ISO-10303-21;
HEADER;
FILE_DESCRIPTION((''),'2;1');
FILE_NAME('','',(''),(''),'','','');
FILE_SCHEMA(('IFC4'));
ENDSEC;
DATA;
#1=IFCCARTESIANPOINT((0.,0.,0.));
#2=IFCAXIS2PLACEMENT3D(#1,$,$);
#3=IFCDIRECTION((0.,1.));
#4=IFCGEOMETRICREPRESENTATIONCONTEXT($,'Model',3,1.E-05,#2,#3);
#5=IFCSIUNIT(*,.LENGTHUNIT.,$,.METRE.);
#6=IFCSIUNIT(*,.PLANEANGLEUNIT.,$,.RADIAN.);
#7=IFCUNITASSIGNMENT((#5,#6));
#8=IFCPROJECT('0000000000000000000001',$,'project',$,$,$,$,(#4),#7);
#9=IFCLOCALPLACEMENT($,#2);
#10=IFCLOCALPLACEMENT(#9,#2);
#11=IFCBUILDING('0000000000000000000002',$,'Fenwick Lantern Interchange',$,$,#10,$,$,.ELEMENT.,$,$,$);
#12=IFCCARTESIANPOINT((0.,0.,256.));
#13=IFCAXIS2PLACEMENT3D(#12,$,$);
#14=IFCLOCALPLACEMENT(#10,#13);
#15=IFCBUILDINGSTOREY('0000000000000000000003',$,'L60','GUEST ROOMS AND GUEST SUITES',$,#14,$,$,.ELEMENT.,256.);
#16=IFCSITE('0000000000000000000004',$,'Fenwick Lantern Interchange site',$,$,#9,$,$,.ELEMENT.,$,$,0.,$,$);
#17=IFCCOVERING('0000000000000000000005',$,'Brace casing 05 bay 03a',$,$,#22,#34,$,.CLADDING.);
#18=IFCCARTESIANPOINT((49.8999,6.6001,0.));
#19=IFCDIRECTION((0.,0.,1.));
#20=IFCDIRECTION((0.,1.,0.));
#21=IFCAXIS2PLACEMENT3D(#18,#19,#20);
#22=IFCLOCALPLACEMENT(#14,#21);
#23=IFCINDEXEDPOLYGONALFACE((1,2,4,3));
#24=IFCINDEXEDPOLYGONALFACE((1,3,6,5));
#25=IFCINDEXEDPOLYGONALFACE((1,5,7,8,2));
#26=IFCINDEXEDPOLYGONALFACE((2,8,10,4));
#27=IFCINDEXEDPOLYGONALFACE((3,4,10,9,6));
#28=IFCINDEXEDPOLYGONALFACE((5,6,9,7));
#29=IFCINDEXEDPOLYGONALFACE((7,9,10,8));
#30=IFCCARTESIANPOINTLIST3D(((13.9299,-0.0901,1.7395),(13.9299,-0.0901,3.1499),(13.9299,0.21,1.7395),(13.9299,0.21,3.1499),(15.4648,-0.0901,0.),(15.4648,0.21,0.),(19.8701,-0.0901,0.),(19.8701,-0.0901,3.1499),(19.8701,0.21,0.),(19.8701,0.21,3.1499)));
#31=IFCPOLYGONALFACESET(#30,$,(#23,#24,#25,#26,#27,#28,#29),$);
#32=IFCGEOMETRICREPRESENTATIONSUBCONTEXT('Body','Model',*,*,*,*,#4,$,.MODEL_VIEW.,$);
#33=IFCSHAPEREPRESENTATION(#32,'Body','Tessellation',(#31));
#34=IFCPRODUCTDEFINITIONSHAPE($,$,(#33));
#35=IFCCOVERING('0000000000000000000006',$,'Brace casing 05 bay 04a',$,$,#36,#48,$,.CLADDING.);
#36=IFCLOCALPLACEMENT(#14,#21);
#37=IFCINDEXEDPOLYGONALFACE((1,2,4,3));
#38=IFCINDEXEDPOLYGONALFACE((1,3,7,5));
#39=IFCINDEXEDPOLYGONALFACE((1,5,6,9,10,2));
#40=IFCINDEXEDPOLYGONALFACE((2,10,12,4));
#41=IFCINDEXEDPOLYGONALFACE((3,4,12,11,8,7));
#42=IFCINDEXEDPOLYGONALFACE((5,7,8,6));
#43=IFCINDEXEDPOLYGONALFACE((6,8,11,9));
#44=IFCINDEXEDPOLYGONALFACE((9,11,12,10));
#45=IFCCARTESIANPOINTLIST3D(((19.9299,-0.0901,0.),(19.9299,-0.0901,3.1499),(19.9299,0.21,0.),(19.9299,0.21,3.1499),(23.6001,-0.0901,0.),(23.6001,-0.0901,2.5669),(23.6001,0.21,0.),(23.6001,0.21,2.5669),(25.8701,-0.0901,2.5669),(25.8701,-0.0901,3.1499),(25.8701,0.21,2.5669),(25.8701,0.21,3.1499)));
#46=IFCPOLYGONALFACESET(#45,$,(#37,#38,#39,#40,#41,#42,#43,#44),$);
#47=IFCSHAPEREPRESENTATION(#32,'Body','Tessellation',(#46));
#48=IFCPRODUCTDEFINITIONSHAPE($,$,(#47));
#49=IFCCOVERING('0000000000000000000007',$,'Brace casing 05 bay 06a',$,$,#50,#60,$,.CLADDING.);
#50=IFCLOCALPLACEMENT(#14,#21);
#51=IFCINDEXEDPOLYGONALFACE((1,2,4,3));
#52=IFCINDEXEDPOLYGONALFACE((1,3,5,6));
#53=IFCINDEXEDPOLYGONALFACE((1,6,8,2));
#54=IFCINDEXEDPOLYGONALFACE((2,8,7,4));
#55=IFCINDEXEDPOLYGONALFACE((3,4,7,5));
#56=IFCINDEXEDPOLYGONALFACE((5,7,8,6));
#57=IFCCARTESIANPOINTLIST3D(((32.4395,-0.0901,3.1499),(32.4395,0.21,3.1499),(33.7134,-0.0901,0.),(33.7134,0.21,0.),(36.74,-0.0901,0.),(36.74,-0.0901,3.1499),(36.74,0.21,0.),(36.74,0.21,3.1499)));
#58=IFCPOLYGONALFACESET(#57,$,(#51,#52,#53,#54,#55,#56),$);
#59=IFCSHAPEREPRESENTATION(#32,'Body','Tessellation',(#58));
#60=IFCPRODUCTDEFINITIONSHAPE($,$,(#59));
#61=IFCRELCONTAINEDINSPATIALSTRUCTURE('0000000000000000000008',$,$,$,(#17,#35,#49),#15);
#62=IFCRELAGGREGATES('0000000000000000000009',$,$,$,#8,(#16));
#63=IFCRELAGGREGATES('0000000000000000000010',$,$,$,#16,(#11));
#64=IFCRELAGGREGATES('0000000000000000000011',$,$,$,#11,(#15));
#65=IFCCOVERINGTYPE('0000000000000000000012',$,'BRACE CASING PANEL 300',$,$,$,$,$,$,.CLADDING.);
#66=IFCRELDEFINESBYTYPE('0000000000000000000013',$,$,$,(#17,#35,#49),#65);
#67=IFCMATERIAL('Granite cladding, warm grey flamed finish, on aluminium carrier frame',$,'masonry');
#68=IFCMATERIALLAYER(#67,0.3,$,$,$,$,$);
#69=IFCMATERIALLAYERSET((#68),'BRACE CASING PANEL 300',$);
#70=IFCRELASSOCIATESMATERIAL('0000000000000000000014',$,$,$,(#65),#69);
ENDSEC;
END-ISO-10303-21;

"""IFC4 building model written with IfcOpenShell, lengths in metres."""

from ifc_helpers import new_model, si_unit, direction, frame, origin, place, context, subcontext, project, spatial, polyline, outline, extrude, material, layer, layer_set, type_object, element, save


model = new_model("IFC4")

# Units and contexts
model_context = context("Model", 3, precision=1e-05, world=origin(), true_north=direction((0.0, 1.0)))
body_context = subcontext(model_context, "Body", "Model", "MODEL_VIEW")
ifc_project = project(units=[si_unit("LENGTHUNIT", "METRE"), si_unit("PLANEANGLEUNIT", "RADIAN")], contexts=[model_context])

# Site, building, storey
site_placement = place(None, origin())
site = spatial("IfcSite", under=ifc_project, at=site_placement, Name="Fenwick Lantern Interchange site", CompositionType="ELEMENT", RefElevation=0.0)
building_placement = place(site_placement, origin())
building = spatial("IfcBuilding", under=site, at=building_placement, Name="Fenwick Lantern Interchange", CompositionType="ELEMENT")
storey_placement = place(building_placement, frame((0.0, 0.0, 256.0)))
storey = spatial("IfcBuildingStorey", under=building, at=storey_placement, Name="L60", Description="GUEST ROOMS AND GUEST SUITES", CompositionType="ELEMENT", Elevation=256.0)

# Coverings
ifc_material_1 = material(Name="Granite cladding, warm grey flamed finish, on aluminium carrier frame", Category="masonry")
ifc_layer_1 = layer(ifc_material_1, 0.3)
ifc_layer_set_1 = layer_set([ifc_layer_1], Name="BRACE CASING PANEL 300")
covering_type = type_object("IfcCoveringType", Name="BRACE CASING PANEL 300", PredefinedType="CLADDING", material=ifc_layer_set_1)
covering_1_placement = place(storey_placement, frame((49.8999, 6.6001, 0.0), z_axis=(0.0, 0.0, 1.0), x_axis=(0.0, 1.0, 0.0)))
element("IfcCovering", 1, at=covering_1_placement, inside=storey, type_object=covering_type, Name="Brace casing 05 bay 03a", PredefinedType="CLADDING", context=body_context, shape_type="SweptSolid", body=[
    extrude(outline(polyline([(15.4648, 0.0), (19.8701, 0.0), (19.8701, 3.1499), (13.9299, 3.1499), (13.9299, 1.7395), (15.4648, 0.0)])), frame((0.0, 0.21, 0.0), z_axis=(0.0, -1.0, 0.0), x_axis=(1.0, 0.0, 0.0)), (0.0, 0.0, 1.0), 0.3),
])
covering_2_placement = place(storey_placement, frame((49.8999, 6.6001, 0.0), z_axis=(0.0, 0.0, 1.0), x_axis=(0.0, 1.0, 0.0)))
element("IfcCovering", 2, at=covering_2_placement, inside=storey, type_object=covering_type, Name="Brace casing 05 bay 04a", PredefinedType="CLADDING", context=body_context, shape_type="SweptSolid", body=[
    extrude(outline(polyline([(19.9299, 0.0), (23.6001, 0.0), (23.6001, 2.5669), (25.8701, 2.5669), (25.8701, 3.1499), (19.9299, 3.1499), (19.9299, 0.0)])), frame((0.0, 0.21, 0.0), z_axis=(0.0, -1.0, 0.0), x_axis=(1.0, 0.0, 0.0)), (0.0, 0.0, 1.0), 0.3),
])
covering_3_placement = place(storey_placement, frame((49.8999, 6.6001, 0.0), z_axis=(0.0, 0.0, 1.0), x_axis=(0.0, 1.0, 0.0)))
element("IfcCovering", 3, at=covering_3_placement, inside=storey, type_object=covering_type, Name="Brace casing 05 bay 06a", PredefinedType="CLADDING", context=body_context, shape_type="SweptSolid", body=[
    extrude(outline(polyline([(33.7134, 0.0), (36.74, 0.0), (36.74, 3.1499), (32.4395, 3.1499), (33.7134, 0.0)])), frame((0.0, 0.21, 0.0), z_axis=(0.0, -1.0, 0.0), x_axis=(1.0, 0.0, 0.0)), (0.0, 0.0, 1.0), 0.3),
])

save(model, "model.ifc")
